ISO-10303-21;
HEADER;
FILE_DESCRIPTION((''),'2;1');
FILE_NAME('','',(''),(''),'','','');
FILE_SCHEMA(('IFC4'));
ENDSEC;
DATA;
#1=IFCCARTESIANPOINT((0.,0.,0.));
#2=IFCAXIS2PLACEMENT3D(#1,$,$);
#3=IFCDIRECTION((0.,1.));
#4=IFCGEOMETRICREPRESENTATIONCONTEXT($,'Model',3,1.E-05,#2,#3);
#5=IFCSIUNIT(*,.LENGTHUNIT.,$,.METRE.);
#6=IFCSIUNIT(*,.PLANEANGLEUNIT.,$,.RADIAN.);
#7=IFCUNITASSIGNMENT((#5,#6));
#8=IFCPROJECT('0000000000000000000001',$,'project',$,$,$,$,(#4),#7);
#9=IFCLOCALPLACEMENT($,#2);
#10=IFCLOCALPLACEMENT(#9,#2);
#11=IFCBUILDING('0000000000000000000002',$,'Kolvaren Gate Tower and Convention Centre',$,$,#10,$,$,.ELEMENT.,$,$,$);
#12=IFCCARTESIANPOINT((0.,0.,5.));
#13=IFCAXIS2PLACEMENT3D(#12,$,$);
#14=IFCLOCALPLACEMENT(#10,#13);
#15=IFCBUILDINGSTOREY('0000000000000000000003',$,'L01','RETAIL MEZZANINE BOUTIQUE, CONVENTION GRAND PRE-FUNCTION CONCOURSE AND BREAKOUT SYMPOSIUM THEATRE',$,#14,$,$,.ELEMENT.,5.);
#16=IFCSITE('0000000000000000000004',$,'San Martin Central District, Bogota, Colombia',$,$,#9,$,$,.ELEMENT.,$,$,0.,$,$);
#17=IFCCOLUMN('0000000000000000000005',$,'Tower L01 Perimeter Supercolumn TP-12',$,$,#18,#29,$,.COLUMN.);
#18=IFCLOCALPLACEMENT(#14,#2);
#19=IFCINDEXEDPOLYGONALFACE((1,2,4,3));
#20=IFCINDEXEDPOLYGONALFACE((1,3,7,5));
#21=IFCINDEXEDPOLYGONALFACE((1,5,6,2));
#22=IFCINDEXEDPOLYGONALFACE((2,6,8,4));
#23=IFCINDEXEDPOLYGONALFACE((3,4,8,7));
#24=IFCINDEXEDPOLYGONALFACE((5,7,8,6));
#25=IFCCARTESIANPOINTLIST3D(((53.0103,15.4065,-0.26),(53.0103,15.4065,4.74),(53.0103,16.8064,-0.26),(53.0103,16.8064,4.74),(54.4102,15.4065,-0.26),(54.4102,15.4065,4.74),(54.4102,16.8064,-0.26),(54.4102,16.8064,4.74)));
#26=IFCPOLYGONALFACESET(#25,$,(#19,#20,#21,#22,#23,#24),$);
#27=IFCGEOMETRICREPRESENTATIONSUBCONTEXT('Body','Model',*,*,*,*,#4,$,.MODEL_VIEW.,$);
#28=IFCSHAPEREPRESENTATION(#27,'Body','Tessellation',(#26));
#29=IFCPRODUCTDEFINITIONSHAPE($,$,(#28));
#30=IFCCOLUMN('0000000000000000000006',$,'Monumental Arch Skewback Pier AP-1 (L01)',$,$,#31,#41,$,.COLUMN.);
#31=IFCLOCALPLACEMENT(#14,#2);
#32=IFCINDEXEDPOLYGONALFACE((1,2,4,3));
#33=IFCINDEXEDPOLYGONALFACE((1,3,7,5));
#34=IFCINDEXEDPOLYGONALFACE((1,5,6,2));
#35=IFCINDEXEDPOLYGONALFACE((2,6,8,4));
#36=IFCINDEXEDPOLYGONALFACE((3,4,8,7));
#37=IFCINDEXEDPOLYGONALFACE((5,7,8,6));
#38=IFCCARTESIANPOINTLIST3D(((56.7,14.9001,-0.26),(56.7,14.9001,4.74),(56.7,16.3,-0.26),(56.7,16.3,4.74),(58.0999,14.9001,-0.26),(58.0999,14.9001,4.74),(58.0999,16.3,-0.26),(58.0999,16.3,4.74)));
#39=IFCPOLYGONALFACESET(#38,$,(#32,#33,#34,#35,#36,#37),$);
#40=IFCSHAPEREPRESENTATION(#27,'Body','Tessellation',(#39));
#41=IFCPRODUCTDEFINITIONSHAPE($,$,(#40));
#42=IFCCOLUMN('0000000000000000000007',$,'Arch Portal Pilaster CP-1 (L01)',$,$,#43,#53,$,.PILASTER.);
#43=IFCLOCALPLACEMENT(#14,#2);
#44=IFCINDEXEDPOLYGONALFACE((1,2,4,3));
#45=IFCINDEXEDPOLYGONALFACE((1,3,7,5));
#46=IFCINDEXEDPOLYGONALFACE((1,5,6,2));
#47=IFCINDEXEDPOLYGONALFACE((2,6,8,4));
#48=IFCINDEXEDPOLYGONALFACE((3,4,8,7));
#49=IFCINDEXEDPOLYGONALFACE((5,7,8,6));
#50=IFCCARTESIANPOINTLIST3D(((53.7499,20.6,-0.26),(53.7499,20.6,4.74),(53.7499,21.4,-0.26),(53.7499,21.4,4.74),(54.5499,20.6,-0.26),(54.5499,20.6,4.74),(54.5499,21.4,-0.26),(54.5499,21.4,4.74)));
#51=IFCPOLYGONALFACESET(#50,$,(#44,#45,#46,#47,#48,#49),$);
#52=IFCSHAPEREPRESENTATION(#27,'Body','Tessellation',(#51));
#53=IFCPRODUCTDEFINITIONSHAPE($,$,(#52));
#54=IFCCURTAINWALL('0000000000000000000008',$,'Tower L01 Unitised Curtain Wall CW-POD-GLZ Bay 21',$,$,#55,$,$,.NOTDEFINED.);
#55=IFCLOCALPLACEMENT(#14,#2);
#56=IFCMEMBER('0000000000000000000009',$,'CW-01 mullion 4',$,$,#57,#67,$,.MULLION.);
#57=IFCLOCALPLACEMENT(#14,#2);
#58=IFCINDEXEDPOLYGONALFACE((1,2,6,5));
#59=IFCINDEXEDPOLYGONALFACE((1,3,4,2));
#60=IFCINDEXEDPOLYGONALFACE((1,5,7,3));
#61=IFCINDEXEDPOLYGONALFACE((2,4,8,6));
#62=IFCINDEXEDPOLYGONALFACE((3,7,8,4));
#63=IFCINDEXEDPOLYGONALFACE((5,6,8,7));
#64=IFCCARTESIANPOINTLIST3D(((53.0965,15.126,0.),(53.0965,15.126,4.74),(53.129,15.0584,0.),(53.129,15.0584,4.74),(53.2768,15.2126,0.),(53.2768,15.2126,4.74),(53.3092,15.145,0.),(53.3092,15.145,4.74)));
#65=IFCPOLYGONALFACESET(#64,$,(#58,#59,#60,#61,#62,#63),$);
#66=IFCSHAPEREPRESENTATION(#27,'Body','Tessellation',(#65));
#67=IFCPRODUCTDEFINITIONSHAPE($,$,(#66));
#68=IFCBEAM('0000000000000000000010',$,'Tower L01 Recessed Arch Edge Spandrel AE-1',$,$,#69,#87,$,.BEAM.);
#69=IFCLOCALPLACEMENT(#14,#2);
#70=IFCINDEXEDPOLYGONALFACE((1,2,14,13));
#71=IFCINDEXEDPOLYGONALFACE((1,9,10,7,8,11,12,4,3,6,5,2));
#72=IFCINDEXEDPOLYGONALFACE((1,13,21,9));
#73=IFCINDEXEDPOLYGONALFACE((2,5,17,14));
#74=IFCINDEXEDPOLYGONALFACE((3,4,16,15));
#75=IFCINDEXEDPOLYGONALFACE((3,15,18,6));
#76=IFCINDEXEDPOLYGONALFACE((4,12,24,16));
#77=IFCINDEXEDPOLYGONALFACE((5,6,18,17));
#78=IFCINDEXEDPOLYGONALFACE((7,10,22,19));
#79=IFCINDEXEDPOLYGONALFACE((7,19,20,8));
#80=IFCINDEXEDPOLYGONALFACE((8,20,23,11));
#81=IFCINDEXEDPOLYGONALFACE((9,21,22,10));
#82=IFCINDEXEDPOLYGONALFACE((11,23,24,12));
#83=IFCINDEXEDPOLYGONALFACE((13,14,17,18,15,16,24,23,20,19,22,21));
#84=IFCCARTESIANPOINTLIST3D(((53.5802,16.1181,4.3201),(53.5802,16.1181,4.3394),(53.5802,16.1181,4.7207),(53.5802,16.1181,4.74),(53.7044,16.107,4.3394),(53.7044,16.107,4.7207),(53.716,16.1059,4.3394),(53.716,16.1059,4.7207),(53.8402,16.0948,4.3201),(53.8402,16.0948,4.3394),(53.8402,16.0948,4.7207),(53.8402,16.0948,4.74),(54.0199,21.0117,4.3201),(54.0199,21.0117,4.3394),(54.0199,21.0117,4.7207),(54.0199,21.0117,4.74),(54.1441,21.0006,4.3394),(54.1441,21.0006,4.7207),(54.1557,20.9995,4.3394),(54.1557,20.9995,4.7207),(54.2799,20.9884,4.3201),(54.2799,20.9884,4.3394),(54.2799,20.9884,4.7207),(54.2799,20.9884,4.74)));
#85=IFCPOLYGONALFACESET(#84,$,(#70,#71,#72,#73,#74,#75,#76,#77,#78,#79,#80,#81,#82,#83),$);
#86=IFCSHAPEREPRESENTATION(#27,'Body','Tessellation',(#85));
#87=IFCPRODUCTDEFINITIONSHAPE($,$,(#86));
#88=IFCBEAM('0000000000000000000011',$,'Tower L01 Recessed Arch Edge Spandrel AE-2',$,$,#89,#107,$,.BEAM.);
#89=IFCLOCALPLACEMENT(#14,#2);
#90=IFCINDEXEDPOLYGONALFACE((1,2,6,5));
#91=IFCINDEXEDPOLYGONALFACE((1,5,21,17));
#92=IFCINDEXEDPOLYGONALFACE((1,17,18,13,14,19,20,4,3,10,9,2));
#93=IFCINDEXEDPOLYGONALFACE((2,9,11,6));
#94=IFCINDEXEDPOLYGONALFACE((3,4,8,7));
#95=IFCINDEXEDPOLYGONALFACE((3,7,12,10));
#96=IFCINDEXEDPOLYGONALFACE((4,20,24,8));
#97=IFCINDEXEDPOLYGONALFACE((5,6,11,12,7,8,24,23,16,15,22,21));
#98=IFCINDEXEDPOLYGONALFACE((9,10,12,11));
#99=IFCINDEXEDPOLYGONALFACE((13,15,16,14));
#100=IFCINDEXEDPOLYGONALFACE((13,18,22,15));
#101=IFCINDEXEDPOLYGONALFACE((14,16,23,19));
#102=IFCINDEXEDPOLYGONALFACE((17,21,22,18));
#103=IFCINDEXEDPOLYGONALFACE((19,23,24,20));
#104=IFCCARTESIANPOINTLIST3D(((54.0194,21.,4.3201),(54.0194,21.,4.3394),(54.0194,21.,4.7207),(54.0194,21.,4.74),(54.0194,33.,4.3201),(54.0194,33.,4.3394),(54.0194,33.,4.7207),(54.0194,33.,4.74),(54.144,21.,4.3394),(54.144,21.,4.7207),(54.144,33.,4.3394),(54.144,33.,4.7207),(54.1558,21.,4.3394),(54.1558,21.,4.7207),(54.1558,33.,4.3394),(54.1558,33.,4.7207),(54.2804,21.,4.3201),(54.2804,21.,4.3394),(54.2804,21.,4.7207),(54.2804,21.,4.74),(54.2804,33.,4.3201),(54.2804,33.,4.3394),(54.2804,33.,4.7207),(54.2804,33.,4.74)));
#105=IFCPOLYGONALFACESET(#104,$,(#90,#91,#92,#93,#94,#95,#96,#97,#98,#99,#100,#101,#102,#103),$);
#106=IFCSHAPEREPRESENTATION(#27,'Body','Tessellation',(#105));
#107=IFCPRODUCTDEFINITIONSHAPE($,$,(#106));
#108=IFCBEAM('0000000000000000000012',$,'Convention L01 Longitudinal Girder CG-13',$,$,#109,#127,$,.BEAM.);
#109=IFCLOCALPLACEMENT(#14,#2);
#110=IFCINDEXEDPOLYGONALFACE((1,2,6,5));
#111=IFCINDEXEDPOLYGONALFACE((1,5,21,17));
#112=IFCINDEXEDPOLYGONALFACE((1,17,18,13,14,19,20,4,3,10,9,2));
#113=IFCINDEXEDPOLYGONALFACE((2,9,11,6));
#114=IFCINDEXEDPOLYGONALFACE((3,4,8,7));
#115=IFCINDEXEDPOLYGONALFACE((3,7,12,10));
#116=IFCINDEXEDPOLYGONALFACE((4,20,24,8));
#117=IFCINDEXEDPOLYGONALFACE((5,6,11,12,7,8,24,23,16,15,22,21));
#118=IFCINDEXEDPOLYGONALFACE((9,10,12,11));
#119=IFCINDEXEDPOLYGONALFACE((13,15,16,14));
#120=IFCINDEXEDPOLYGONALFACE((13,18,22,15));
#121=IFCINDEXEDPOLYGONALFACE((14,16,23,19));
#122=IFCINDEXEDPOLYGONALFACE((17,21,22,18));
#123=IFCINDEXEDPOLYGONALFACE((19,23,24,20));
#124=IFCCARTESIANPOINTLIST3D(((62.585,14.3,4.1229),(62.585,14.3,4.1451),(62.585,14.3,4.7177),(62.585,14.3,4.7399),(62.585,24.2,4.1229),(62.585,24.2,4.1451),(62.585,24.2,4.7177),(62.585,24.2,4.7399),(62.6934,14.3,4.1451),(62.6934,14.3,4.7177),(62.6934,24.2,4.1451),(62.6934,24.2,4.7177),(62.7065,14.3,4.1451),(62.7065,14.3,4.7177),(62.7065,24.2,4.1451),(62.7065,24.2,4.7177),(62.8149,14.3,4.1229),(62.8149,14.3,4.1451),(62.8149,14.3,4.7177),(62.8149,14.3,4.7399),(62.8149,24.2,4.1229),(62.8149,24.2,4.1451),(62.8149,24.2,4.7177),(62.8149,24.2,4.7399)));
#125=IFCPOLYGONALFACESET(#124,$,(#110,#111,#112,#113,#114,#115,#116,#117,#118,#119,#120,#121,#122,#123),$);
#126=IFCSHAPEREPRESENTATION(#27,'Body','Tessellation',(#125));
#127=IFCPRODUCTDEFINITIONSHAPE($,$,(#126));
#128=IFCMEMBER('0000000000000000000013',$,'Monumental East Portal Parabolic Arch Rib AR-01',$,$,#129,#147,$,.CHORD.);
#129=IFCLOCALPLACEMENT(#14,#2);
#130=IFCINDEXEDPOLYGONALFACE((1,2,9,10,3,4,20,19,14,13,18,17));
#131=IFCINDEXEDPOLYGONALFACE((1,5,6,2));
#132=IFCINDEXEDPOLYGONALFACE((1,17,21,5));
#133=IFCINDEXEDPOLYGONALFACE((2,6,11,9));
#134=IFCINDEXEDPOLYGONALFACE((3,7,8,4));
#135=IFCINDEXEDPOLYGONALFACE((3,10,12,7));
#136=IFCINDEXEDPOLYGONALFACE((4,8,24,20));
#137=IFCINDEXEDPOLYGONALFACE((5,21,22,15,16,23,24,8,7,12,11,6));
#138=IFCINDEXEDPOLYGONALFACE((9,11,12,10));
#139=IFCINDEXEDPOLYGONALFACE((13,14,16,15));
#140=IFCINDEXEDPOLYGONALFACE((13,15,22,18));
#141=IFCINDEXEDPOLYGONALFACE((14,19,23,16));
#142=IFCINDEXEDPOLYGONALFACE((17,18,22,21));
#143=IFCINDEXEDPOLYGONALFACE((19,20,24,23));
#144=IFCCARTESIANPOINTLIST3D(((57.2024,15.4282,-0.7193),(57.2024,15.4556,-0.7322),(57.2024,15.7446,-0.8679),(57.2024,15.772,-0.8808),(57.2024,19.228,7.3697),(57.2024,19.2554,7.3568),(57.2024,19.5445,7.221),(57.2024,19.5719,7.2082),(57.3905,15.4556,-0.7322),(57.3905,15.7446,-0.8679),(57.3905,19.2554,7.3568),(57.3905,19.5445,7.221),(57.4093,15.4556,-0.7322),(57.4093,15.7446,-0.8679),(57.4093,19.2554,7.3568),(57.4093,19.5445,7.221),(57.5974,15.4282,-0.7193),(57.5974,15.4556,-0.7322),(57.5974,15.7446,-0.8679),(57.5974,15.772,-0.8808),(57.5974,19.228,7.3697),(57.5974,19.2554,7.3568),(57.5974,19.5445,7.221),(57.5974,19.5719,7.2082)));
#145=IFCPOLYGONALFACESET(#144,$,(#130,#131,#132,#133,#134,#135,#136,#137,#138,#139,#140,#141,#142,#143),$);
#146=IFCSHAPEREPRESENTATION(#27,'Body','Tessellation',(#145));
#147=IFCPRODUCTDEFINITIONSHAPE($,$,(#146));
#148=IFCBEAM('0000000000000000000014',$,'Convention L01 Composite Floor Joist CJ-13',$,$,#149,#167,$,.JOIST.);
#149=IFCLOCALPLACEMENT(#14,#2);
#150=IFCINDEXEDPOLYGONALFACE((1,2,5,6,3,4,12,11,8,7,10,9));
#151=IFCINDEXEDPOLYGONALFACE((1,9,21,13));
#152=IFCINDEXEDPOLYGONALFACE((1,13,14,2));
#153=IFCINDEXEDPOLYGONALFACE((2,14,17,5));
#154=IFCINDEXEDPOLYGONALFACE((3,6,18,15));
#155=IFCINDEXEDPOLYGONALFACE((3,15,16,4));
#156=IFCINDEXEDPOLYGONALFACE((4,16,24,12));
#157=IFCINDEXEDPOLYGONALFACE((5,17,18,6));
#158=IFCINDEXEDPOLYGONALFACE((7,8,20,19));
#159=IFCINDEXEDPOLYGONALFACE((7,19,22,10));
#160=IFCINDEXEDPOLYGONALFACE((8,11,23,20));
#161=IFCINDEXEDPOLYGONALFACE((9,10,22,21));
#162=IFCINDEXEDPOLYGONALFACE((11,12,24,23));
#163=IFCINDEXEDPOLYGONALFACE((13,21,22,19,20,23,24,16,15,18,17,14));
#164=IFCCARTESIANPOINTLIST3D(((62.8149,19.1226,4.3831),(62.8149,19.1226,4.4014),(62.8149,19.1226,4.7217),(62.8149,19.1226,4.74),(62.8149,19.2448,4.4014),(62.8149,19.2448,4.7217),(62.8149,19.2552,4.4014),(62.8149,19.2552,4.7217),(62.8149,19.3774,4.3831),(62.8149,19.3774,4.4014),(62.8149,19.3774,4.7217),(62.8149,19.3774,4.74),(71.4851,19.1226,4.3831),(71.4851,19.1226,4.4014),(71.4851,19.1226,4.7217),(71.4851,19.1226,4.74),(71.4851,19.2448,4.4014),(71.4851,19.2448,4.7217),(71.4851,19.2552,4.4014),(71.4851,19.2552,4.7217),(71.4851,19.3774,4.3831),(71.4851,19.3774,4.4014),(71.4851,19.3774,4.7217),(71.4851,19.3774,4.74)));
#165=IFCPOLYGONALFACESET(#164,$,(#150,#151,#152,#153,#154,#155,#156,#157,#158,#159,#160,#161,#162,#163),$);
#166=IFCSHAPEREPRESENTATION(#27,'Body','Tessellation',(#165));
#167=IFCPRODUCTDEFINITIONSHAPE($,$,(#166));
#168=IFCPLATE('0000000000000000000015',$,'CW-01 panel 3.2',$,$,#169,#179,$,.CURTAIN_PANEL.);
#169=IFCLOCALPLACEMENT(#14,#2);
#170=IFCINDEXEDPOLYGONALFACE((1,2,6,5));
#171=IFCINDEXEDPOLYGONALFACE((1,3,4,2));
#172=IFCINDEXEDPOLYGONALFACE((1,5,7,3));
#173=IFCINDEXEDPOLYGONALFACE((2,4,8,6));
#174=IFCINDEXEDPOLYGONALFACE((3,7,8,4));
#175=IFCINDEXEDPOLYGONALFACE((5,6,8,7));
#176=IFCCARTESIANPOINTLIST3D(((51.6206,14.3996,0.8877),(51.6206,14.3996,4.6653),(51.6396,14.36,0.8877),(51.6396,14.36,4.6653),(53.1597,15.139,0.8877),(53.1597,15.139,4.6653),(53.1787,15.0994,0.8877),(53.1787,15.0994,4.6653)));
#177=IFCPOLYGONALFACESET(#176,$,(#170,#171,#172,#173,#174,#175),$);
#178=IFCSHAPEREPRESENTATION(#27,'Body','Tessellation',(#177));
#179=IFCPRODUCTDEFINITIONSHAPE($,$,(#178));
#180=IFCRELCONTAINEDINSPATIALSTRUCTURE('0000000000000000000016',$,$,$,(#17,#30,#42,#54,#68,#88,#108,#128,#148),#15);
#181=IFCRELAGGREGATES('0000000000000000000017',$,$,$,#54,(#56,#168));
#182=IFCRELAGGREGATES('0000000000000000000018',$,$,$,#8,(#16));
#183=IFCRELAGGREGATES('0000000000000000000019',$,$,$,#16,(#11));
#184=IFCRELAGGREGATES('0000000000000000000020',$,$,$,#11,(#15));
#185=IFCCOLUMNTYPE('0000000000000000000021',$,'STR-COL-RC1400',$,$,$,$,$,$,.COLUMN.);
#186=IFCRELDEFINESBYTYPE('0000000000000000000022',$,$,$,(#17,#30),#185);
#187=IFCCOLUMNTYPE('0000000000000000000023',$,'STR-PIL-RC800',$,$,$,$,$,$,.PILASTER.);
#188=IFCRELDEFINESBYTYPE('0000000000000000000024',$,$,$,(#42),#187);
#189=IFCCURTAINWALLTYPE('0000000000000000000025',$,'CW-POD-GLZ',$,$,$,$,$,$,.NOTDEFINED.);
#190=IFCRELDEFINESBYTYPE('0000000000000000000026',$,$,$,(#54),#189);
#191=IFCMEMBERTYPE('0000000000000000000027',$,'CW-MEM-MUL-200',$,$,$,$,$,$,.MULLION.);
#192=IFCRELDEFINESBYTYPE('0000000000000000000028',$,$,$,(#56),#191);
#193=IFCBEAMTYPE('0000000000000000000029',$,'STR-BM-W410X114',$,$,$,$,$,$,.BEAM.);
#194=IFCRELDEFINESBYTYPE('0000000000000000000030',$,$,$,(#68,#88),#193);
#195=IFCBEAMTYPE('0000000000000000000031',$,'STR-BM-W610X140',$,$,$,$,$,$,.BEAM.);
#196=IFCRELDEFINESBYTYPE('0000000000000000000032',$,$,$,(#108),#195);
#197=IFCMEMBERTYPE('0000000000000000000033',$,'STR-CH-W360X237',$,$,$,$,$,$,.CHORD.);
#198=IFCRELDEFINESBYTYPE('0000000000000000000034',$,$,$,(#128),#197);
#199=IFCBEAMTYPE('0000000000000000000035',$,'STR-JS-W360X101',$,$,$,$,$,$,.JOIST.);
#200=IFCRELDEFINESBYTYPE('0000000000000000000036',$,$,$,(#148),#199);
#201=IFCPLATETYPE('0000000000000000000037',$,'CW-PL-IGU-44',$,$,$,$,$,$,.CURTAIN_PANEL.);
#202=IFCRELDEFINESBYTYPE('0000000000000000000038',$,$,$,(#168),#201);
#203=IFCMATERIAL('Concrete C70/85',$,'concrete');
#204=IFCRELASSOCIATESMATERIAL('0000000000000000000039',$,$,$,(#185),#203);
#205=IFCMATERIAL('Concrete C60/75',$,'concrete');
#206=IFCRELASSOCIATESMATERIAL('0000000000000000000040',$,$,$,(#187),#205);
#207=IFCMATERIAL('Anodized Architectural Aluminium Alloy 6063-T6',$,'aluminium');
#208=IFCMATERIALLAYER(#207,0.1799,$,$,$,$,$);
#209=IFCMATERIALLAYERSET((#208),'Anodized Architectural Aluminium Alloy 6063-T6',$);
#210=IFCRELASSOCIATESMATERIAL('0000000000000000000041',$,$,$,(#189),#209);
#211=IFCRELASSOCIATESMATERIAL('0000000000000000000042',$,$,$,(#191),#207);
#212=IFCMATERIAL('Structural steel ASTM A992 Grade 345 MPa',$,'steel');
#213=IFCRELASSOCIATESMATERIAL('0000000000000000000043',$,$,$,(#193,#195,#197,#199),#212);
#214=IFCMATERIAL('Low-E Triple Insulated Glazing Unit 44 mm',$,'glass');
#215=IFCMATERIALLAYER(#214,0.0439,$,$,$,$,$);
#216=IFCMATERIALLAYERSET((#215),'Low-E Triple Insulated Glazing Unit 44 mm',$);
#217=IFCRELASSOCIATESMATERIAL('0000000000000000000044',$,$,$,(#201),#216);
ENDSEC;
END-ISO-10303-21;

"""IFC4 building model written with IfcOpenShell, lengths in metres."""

from ifc_helpers import new_model, si_unit, direction, frame, origin, origin_2d, place, context, subcontext, project, spatial, rectangle, i_section, extrude, material, layer, layer_set, material_profile, profile_set, type_object, element, aggregate, save


model = new_model("IFC4")

# Units and contexts
model_context = context("Model", 3, precision=1e-05, world=origin(), true_north=direction((0.0, 1.0)))
body_context = subcontext(model_context, "Body", "Model", "MODEL_VIEW")
ifc_project = project(units=[si_unit("LENGTHUNIT", "METRE"), si_unit("PLANEANGLEUNIT", "RADIAN")], contexts=[model_context])

# Site, building, storey
site_placement = place(None, origin())
site = spatial("IfcSite", under=ifc_project, at=site_placement, Name="San Martin Central District, Bogota, Colombia", CompositionType="ELEMENT", RefElevation=0.0)
building_placement = place(site_placement, origin())
building = spatial("IfcBuilding", under=site, at=building_placement, Name="Kolvaren Gate Tower and Convention Centre", CompositionType="ELEMENT")
storey_placement = place(building_placement, frame((0.0, 0.0, 5.0)))
storey = spatial("IfcBuildingStorey", under=building, at=storey_placement, Name="L01", Description="RETAIL MEZZANINE BOUTIQUE, CONVENTION GRAND PRE-FUNCTION CONCOURSE AND BREAKOUT SYMPOSIUM THEATRE", CompositionType="ELEMENT", Elevation=5.0)

# Columns
ifc_material_1 = material(Name="Concrete C70/85", Category="concrete")
ifc_material_profile_1 = material_profile(ifc_material_1, rectangle(XDim=1.3999, YDim=1.3999, at=origin_2d()), Name="RC-COL-1400X1400")
ifc_profile_set_1 = profile_set([ifc_material_profile_1], Name="Concrete C70/85")
column_type_1 = type_object("IfcColumnType", Name="STR-COL-RC1400", PredefinedType="COLUMN", material=ifc_profile_set_1)
for number, where, z_axis, x_axis, name in (
    (1, (53.7102, 16.1064, -0.26), (0.0, 0.0, 1.0), (1.0, 0.0, 0.0), "Tower L01 Perimeter Supercolumn TP-12"),
    (2, (57.3999, 15.6001, -0.26), (0.0, 0.0, 1.0), (1.0, 0.0, 0.0), "Monumental Arch Skewback Pier AP-1 (L01)"),
):
    element("IfcColumn", number, at=place(storey_placement, frame(where, z_axis=z_axis, x_axis=x_axis)), inside=storey, type_object=column_type_1, Name=name, PredefinedType="COLUMN", context=body_context, shape_type="SweptSolid", body=[
        extrude(rectangle(XDim=1.3999, YDim=1.3999, at=origin_2d()), origin(), (0.0, 0.0, 1.0), 5.0),
    ])
ifc_material_2 = material(Name="Concrete C60/75", Category="concrete")
ifc_material_profile_2 = material_profile(ifc_material_2, rectangle(XDim=0.8, YDim=0.8, at=origin_2d()), Name="RC-COL-800X800")
ifc_profile_set_2 = profile_set([ifc_material_profile_2], Name="Concrete C60/75")
column_type_2 = type_object("IfcColumnType", Name="STR-PIL-RC800", PredefinedType="PILASTER", material=ifc_profile_set_2)
column_placement = place(storey_placement, frame((54.1499, 21.0, -0.26), z_axis=(0.0, 0.0, 1.0), x_axis=(1.0, 0.0, 0.0)))
element("IfcColumn", 3, at=column_placement, inside=storey, type_object=column_type_2, Name="Arch Portal Pilaster CP-1 (L01)", PredefinedType="PILASTER", context=body_context, shape_type="SweptSolid", body=[
    extrude(rectangle(XDim=0.8, YDim=0.8, at=origin_2d()), origin(), (0.0, 0.0, 1.0), 5.0),
])

# Curtain wall, member
ifc_material_3 = material(Name="Anodized Architectural Aluminium Alloy 6063-T6", Category="aluminium")
ifc_layer_1 = layer(ifc_material_3, 0.1799)
ifc_layer_set_1 = layer_set([ifc_layer_1], Name="Anodized Architectural Aluminium Alloy 6063-T6")
curtain_wall_type = type_object("IfcCurtainWallType", Name="CW-POD-GLZ", PredefinedType="NOTDEFINED", material=ifc_layer_set_1)
curtain_wall_placement = place(storey_placement, origin())
curtain_wall = element("IfcCurtainWall", 4, at=curtain_wall_placement, inside=storey, type_object=curtain_wall_type, Name="Tower L01 Unitised Curtain Wall CW-POD-GLZ Bay 21", PredefinedType="NOTDEFINED")
ifc_material_profile_3 = material_profile(ifc_material_3, rectangle(XDim=0.075, YDim=0.2, at=origin_2d()), Name="CW-MEM-MUL-200")
ifc_profile_set_3 = profile_set([ifc_material_profile_3], Name="Anodized Architectural Aluminium Alloy 6063-T6")
member_type_1 = type_object("IfcMemberType", Name="CW-MEM-MUL-200", PredefinedType="MULLION", material=ifc_profile_set_3)
member_1_placement = place(storey_placement, frame((53.2029, 15.1355, 0.0), z_axis=(0.0, 0.0, 1.0), x_axis=(-0.433063, 0.901364, 0.0)))
member_1 = element("IfcMember", 5, at=member_1_placement, type_object=member_type_1, Name="CW-01 mullion 4", PredefinedType="MULLION", context=body_context, shape_type="SweptSolid", body=[
    extrude(rectangle(XDim=0.075, YDim=0.2, at=origin_2d()), origin(), (0.0, 0.0, 1.0), 4.74),
])

# Beams
ifc_material_4 = material(Name="Structural steel ASTM A992 Grade 345 MPa", Category="steel")
ifc_material_profile_4 = material_profile(ifc_material_4, i_section(OverallWidth=0.261, OverallDepth=0.4199, WebThickness=0.0117, FlangeThickness=0.0193, at=origin_2d()), Name="W410X114")
ifc_profile_set_4 = profile_set([ifc_material_profile_4], Name="Structural steel ASTM A992 Grade 345 MPa")
beam_type_1 = type_object("IfcBeamType", Name="STR-BM-W410X114", PredefinedType="BEAM", material=ifc_profile_set_4)
beam_1_placement = place(storey_placement, frame((53.7102, 16.1064, 4.53), z_axis=(0.089492, 0.995988, 0.0), x_axis=(-0.995988, 0.089492, 0.0)))
element("IfcBeam", 6, at=beam_1_placement, inside=storey, type_object=beam_type_1, Name="Tower L01 Recessed Arch Edge Spandrel AE-1", PredefinedType="BEAM", context=body_context, shape_type="SweptSolid", body=[
    extrude(i_section(OverallWidth=0.261, OverallDepth=0.4199, WebThickness=0.0117, FlangeThickness=0.0193, at=origin_2d()), origin(), (0.0, 0.0, 1.0), 4.9133),
])
beam_2_placement = place(storey_placement, frame((54.1499, 21.0, 4.53), z_axis=(0.0, 1.0, 0.0), x_axis=(-1.0, 0.0, 0.0)))
element("IfcBeam", 7, at=beam_2_placement, inside=storey, type_object=beam_type_1, Name="Tower L01 Recessed Arch Edge Spandrel AE-2", PredefinedType="BEAM", context=body_context, shape_type="SweptSolid", body=[
    extrude(i_section(OverallWidth=0.261, OverallDepth=0.4199, WebThickness=0.0117, FlangeThickness=0.0193, at=origin_2d()), origin(), (0.0, 0.0, 1.0), 12.0),
])
ifc_material_profile_5 = material_profile(ifc_material_4, i_section(OverallWidth=0.23, OverallDepth=0.6169, WebThickness=0.0132, FlangeThickness=0.0222, at=origin_2d()), Name="W610X140")
ifc_profile_set_5 = profile_set([ifc_material_profile_5], Name="Structural steel ASTM A992 Grade 345 MPa")
beam_type_2 = type_object("IfcBeamType", Name="STR-BM-W610X140", PredefinedType="BEAM", material=ifc_profile_set_5)
beam_3_placement = place(storey_placement, frame((62.7, 14.3, 4.4314), z_axis=(0.0, 1.0, 0.0), x_axis=(-1.0, 0.0, 0.0)))
element("IfcBeam", 8, at=beam_3_placement, inside=storey, type_object=beam_type_2, Name="Convention L01 Longitudinal Girder CG-13", PredefinedType="BEAM", context=body_context, shape_type="SweptSolid", body=[
    extrude(i_section(OverallWidth=0.23, OverallDepth=0.6169, WebThickness=0.0132, FlangeThickness=0.0222, at=origin_2d()), origin(), (0.0, 0.0, 1.0), 9.8999),
])

# Member
ifc_material_profile_6 = material_profile(ifc_material_4, i_section(OverallWidth=0.395, OverallDepth=0.3799, WebThickness=0.0188, FlangeThickness=0.0303, at=origin_2d()), Name="W360X237")
ifc_profile_set_6 = profile_set([ifc_material_profile_6], Name="Structural steel ASTM A992 Grade 345 MPa")
member_type_2 = type_object("IfcMemberType", Name="STR-CH-W360X237", PredefinedType="CHORD", material=ifc_profile_set_6)
member_2_placement = place(storey_placement, frame((57.3999, 15.6001, -0.8), z_axis=(0.0, 0.425181, 0.905108), x_axis=(-1.0, 0.0, 0.0)))
element("IfcMember", 9, at=member_2_placement, inside=storey, type_object=member_type_2, Name="Monumental East Portal Parabolic Arch Rib AR-01", PredefinedType="CHORD", context=body_context, shape_type="SweptSolid", body=[
    extrude(i_section(OverallWidth=0.395, OverallDepth=0.3799, WebThickness=0.0188, FlangeThickness=0.0303, at=origin_2d()), origin(), (0.0, 0.0, 1.0), 8.937),
])

# Beam
ifc_material_profile_7 = material_profile(ifc_material_4, i_section(OverallWidth=0.2549, OverallDepth=0.3569, WebThickness=0.0105, FlangeThickness=0.0183, at=origin_2d()), Name="W360X101")
ifc_profile_set_7 = profile_set([ifc_material_profile_7], Name="Structural steel ASTM A992 Grade 345 MPa")
beam_type_3 = type_object("IfcBeamType", Name="STR-JS-W360X101", PredefinedType="JOIST", material=ifc_profile_set_7)
beam_4_placement = place(storey_placement, frame((62.8149, 19.25, 4.5615), z_axis=(1.0, 0.0, 0.0), x_axis=(0.0, 1.0, 0.0)))
element("IfcBeam", 10, at=beam_4_placement, inside=storey, type_object=beam_type_3, Name="Convention L01 Composite Floor Joist CJ-13", PredefinedType="JOIST", context=body_context, shape_type="SweptSolid", body=[
    extrude(i_section(OverallWidth=0.2549, OverallDepth=0.3569, WebThickness=0.0105, FlangeThickness=0.0183, at=origin_2d()), origin(), (0.0, 0.0, 1.0), 8.6702),
])

# Plate
ifc_material_5 = material(Name="Low-E Triple Insulated Glazing Unit 44 mm", Category="glass")
ifc_layer_2 = layer(ifc_material_5, 0.0439)
ifc_layer_set_2 = layer_set([ifc_layer_2], Name="Low-E Triple Insulated Glazing Unit 44 mm")
plate_type = type_object("IfcPlateType", Name="CW-PL-IGU-44", PredefinedType="CURTAIN_PANEL", material=ifc_layer_set_2)
plate_placement = place(storey_placement, frame((52.3997, 14.7495, 0.8877), z_axis=(0.0, 0.0, 1.0), x_axis=(0.901364, 0.433063, 0.0)))
plate = element("IfcPlate", 11, at=plate_placement, type_object=plate_type, Name="CW-01 panel 3.2", PredefinedType="CURTAIN_PANEL", context=body_context, shape_type="SweptSolid", body=[
    extrude(rectangle(XDim=1.7075, YDim=0.0439, at=origin_2d()), origin(), (0.0, 0.0, 1.0), 3.7776),
])
aggregate(curtain_wall, [member_1, plate])

save(model, "model.ifc")
